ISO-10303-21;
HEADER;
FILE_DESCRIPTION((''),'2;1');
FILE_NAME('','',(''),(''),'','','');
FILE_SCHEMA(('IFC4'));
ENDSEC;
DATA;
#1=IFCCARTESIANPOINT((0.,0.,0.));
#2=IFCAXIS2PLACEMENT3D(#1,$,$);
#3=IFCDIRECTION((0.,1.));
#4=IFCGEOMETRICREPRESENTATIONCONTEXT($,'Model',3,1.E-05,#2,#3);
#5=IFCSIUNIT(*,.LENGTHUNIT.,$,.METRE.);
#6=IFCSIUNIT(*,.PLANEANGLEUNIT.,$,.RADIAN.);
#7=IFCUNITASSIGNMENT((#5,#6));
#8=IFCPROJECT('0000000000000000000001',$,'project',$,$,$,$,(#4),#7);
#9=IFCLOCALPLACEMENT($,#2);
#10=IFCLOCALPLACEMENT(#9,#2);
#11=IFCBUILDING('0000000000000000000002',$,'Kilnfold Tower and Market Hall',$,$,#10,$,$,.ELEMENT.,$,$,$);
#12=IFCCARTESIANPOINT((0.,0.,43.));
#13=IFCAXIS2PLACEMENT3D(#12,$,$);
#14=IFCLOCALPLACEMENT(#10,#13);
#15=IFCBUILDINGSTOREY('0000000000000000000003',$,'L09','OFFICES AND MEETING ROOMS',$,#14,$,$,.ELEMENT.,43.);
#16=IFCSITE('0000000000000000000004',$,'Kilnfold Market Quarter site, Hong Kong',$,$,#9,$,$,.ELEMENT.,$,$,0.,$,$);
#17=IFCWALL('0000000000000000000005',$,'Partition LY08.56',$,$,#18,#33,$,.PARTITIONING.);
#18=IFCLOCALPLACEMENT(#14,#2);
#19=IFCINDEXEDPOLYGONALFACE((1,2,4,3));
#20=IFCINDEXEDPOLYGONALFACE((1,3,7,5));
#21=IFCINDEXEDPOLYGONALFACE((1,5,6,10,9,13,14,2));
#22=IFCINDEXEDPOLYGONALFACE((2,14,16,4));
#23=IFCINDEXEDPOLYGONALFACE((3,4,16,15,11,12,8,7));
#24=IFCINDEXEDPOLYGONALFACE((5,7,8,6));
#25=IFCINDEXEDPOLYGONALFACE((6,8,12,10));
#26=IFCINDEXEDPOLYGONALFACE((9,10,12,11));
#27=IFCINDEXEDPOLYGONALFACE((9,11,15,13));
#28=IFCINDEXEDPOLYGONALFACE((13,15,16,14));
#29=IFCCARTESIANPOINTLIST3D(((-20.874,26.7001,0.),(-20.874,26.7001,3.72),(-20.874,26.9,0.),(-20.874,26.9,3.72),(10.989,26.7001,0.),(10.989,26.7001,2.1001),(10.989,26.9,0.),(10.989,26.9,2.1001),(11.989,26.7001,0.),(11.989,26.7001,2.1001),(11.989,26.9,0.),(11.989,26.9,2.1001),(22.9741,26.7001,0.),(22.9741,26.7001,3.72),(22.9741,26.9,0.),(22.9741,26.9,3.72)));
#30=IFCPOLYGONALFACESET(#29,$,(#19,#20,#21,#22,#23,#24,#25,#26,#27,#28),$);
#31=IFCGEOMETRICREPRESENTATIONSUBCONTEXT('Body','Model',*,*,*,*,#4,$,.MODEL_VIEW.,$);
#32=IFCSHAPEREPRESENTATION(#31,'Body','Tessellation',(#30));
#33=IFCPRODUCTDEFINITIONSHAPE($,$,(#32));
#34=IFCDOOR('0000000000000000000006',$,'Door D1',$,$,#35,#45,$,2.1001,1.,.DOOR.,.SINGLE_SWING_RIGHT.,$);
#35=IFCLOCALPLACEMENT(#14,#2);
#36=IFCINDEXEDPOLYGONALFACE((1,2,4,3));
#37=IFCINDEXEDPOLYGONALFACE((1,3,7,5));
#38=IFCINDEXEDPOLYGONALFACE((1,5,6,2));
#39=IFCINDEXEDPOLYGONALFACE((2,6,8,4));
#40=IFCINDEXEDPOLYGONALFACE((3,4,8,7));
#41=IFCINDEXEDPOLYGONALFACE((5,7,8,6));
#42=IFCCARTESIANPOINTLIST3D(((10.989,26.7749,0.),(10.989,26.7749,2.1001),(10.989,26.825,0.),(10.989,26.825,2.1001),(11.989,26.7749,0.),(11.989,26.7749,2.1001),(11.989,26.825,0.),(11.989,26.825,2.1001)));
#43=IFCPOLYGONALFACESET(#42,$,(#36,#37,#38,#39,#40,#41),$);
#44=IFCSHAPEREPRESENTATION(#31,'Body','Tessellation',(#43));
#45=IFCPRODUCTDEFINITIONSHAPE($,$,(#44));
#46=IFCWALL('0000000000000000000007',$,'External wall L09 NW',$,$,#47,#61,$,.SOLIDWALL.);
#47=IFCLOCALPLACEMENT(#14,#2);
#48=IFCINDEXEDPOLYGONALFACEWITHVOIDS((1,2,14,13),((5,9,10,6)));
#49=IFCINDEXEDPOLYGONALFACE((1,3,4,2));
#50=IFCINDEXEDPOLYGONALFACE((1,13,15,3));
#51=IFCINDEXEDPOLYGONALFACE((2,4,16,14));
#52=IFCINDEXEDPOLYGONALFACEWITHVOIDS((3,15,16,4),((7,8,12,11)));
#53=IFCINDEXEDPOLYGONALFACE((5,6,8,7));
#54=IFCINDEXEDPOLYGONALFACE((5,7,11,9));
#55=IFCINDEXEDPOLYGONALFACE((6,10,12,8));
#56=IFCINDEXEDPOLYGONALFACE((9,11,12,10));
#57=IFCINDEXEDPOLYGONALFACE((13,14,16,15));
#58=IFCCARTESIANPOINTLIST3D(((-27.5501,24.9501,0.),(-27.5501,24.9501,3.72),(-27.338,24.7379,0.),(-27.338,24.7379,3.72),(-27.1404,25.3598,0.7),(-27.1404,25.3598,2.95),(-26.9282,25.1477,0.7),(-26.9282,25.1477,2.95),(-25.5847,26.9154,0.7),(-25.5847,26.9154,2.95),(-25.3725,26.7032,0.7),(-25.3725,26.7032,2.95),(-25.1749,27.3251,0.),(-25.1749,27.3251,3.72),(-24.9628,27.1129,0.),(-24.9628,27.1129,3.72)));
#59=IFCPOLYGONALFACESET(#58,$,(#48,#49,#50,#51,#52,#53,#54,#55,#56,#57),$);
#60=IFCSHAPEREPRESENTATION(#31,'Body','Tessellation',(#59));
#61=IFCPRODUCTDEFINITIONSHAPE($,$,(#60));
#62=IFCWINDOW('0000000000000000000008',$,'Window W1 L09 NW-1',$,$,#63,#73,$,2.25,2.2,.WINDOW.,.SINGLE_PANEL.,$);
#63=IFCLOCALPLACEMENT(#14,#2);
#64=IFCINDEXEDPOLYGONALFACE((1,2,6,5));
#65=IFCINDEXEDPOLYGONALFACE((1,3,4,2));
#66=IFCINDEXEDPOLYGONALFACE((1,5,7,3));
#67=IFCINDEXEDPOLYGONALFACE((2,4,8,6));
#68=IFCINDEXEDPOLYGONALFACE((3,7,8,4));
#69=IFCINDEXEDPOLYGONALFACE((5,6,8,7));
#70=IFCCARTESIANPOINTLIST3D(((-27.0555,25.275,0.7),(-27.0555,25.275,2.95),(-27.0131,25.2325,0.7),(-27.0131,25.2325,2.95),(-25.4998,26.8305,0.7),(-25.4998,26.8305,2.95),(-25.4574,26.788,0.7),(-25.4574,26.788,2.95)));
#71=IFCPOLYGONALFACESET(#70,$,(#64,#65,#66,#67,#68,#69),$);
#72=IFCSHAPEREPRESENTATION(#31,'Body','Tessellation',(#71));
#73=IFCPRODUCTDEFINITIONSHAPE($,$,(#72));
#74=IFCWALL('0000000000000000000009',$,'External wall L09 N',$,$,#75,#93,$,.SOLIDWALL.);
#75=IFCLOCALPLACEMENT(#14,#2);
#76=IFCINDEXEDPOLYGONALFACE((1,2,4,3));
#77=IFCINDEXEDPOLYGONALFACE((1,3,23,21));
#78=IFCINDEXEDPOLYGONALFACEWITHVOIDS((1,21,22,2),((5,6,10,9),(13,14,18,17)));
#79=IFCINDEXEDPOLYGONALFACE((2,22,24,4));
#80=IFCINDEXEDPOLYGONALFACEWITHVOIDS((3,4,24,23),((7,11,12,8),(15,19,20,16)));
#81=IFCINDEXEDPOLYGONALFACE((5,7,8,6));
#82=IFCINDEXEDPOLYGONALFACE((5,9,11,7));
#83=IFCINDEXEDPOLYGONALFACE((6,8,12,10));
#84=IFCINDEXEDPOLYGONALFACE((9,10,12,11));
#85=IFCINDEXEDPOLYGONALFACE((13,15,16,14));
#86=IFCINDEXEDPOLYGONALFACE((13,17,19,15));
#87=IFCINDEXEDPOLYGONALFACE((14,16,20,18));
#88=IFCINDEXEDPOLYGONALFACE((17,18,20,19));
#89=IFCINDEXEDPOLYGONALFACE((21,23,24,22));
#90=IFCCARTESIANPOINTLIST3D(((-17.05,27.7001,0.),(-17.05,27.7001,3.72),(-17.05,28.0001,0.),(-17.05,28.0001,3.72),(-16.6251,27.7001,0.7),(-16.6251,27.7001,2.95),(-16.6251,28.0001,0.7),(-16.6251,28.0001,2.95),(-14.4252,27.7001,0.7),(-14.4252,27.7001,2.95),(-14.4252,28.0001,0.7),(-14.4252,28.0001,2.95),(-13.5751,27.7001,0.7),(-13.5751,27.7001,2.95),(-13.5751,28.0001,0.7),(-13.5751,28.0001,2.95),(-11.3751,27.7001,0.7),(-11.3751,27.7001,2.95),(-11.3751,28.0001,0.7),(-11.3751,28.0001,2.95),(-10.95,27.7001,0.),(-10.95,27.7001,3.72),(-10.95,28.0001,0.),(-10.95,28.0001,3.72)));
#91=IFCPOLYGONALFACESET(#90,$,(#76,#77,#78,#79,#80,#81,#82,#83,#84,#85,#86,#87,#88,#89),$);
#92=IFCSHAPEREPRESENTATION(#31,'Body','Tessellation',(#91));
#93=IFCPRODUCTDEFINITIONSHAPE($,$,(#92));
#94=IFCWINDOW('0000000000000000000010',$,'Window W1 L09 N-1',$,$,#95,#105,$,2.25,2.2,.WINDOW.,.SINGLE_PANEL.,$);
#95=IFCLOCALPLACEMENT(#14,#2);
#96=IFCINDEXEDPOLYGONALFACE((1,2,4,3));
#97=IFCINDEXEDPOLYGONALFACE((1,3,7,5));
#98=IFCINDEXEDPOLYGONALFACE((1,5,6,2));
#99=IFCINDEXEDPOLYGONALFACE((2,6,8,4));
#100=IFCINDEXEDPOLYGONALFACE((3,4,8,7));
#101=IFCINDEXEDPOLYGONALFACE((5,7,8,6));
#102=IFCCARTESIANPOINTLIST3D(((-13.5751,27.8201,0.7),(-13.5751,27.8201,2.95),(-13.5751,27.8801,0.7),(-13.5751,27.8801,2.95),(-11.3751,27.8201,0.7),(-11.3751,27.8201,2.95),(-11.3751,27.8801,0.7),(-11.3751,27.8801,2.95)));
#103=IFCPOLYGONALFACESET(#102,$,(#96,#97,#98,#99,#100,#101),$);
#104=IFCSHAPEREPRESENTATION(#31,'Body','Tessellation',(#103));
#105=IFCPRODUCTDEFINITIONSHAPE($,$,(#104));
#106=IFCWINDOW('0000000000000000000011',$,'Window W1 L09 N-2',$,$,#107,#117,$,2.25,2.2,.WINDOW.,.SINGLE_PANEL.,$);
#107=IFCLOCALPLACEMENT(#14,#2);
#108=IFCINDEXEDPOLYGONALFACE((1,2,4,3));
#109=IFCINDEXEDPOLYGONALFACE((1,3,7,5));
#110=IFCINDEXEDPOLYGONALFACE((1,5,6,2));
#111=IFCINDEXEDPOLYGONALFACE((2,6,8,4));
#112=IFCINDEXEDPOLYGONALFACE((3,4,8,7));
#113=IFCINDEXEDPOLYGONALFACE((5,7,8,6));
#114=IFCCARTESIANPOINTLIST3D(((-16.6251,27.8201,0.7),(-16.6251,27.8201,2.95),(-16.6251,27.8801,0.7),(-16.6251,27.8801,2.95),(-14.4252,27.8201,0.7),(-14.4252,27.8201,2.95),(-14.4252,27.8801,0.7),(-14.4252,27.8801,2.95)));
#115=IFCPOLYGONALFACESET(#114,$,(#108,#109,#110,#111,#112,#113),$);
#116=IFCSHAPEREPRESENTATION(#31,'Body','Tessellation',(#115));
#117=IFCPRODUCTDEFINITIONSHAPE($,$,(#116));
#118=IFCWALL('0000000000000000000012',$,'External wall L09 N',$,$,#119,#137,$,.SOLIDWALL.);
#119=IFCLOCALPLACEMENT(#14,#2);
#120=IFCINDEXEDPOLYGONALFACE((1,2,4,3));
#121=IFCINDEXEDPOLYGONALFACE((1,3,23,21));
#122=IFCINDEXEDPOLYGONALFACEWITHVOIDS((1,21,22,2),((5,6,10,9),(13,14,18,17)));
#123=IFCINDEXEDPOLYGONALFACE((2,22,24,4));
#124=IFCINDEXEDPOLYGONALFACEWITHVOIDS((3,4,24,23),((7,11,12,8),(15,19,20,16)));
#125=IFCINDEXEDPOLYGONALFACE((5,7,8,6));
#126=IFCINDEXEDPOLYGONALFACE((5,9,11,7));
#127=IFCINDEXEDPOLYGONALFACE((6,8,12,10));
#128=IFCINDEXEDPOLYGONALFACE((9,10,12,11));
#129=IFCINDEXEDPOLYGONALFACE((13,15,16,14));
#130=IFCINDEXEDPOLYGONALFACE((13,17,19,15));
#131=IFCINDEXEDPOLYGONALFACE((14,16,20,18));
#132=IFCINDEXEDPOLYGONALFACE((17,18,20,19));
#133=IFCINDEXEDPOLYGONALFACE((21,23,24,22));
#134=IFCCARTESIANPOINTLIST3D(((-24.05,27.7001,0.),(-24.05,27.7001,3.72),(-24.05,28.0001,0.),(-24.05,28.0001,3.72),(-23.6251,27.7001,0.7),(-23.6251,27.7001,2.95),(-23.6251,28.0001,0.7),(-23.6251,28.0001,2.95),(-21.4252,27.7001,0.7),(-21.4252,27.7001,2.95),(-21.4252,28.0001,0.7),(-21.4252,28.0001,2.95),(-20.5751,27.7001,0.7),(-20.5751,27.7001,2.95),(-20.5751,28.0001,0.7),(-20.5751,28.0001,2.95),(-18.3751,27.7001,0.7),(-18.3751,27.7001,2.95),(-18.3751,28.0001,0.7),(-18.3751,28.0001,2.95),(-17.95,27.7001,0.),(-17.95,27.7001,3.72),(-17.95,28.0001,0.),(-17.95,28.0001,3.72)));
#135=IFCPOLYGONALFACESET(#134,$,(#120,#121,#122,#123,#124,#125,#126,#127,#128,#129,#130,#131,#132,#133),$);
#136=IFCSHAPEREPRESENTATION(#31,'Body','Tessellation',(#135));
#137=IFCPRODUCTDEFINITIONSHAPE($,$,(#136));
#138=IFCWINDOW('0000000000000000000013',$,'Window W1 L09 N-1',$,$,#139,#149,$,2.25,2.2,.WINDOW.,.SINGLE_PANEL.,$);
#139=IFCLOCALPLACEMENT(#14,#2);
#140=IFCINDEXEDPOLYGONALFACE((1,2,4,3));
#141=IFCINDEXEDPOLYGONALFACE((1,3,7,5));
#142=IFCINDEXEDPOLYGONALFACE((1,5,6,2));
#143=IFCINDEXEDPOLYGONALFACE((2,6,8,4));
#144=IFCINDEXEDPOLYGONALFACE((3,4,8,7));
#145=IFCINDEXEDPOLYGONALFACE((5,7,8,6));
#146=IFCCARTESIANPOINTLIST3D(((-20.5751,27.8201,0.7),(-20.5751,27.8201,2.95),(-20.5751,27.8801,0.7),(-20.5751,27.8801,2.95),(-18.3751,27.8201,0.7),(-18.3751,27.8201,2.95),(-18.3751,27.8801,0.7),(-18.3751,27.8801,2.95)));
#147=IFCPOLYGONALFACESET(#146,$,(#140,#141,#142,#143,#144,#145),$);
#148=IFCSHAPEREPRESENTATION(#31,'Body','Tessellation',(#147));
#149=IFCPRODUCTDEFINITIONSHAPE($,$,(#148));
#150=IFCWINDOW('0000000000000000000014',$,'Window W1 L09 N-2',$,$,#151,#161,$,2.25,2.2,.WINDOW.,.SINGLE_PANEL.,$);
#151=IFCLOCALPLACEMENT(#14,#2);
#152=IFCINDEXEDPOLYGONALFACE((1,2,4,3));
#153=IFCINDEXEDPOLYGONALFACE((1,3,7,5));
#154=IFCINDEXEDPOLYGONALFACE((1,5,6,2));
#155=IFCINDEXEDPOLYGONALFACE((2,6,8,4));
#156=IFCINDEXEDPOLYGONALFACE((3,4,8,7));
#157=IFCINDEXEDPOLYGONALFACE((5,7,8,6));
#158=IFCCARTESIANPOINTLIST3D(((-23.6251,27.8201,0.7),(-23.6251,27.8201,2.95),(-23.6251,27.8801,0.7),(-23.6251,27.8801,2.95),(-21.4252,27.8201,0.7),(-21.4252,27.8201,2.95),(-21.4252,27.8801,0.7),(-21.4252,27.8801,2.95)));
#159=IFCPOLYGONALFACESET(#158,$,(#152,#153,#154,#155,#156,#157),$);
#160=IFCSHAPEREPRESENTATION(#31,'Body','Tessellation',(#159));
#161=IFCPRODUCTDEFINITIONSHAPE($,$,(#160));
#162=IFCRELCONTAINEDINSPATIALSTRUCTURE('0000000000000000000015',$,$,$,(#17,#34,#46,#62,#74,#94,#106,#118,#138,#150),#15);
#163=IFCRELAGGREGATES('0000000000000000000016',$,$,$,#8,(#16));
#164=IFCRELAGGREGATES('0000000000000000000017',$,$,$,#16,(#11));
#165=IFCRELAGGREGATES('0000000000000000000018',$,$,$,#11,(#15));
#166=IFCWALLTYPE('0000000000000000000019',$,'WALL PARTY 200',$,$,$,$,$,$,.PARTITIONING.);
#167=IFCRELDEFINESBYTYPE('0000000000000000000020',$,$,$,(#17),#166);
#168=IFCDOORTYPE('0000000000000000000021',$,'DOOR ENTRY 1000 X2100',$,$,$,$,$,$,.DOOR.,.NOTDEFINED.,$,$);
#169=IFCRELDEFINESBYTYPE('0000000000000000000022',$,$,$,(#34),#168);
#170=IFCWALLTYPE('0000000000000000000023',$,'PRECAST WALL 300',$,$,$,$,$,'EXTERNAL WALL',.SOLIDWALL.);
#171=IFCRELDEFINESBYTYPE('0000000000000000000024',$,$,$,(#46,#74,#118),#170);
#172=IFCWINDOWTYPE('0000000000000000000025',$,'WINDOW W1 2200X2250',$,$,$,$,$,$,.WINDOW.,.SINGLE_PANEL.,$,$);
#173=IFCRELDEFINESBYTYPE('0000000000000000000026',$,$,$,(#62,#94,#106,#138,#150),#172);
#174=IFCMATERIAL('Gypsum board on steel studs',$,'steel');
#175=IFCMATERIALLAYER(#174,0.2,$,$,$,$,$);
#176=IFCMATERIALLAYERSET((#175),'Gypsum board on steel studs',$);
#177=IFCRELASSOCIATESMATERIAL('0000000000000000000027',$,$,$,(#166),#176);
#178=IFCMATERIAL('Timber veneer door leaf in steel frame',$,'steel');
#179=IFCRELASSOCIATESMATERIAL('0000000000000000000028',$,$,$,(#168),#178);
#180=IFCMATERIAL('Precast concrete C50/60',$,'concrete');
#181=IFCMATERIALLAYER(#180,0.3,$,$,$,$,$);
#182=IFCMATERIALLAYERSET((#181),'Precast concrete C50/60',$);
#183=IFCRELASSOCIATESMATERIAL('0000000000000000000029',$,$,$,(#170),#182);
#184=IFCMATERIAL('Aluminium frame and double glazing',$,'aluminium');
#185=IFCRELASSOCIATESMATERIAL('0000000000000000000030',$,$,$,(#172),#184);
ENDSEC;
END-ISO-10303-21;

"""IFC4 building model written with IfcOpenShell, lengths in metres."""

from ifc_helpers import new_model, si_unit, direction, frame, frame_2d, origin, place, context, subcontext, project, spatial, rectangle, extrude, source, transform, mapped, material, layer, layer_set, type_object, element, fill, save


model = new_model("IFC4")

# Units and contexts
model_context = context("Model", 3, precision=1e-05, world=origin(), true_north=direction((0.0, 1.0)))
body_context = subcontext(model_context, "Body", "Model", "MODEL_VIEW")
ifc_project = project(units=[si_unit("LENGTHUNIT", "METRE"), si_unit("PLANEANGLEUNIT", "RADIAN")], contexts=[model_context])

# Site, building, storey
site_placement = place(None, origin())
site = spatial("IfcSite", under=ifc_project, at=site_placement, Name="Kilnfold Market Quarter site, Hong Kong", CompositionType="ELEMENT", RefElevation=0.0)
building_placement = place(site_placement, origin())
building = spatial("IfcBuilding", under=site, at=building_placement, Name="Kilnfold Tower and Market Hall", CompositionType="ELEMENT")
storey_placement = place(building_placement, frame((0.0, 0.0, 43.0)))
storey = spatial("IfcBuildingStorey", under=building, at=storey_placement, Name="L09", Description="OFFICES AND MEETING ROOMS", CompositionType="ELEMENT", Elevation=43.0)

# Wall, opening, door
ifc_material_1 = material(Name="Gypsum board on steel studs", Category="steel")
ifc_layer_1 = layer(ifc_material_1, 0.2)
ifc_layer_set_1 = layer_set([ifc_layer_1], Name="Gypsum board on steel studs")
wall_type_1 = type_object("IfcWallType", Name="WALL PARTY 200", PredefinedType="PARTITIONING", material=ifc_layer_set_1)
wall_1_placement = place(storey_placement, frame((-20.874, 26.8, 0.0), z_axis=(0.0, 0.0, 1.0), x_axis=(1.0, 0.0, 0.0)))
wall_1 = element("IfcWall", 1, at=wall_1_placement, inside=storey, type_object=wall_type_1, Name="Partition LY08.56", PredefinedType="PARTITIONING", context=body_context, shape_type="SweptSolid", body=[
    extrude(rectangle(XDim=43.8481, YDim=0.2, at=frame_2d((21.9241, 0.0))), origin(), (0.0, 0.0, 1.0), 3.72),
])
opening_1_placement = place(wall_1_placement, frame((31.863, 0.0, 0.0)))
opening_1 = element("IfcOpeningElement", 2, at=opening_1_placement, cuts=wall_1, PredefinedType="OPENING", context=body_context, shape_type="SweptSolid", body=[
    extrude(rectangle(XDim=1.0, YDim=2.1001, at=frame_2d((0.5, 1.05))), frame((0.0, 0.1099, 0.0), z_axis=(0.0, -1.0, 0.0), x_axis=(1.0, 0.0, 0.0)), (0.0, 0.0, 1.0), 0.22),
])
ifc_material_2 = material(Name="Timber veneer door leaf in steel frame", Category="steel")
door_type_1 = type_object("IfcDoorType", Name="DOOR ENTRY 1000 X2100", OperationType="NOTDEFINED", PredefinedType="DOOR", material=ifc_material_2)
door_1_placement = place(opening_1_placement, origin())
door_1 = element("IfcDoor", 3, at=door_1_placement, inside=storey, type_object=door_type_1, Name="Door D1", OperationType="SINGLE_SWING_RIGHT", OverallHeight=2.1001, OverallWidth=1.0, PredefinedType="DOOR", context=body_context, shape_type="SweptSolid", body=[
    extrude(rectangle(XDim=1.0, YDim=2.1001, at=frame_2d((0.5, 1.05))), frame((0.0, 0.0249, 0.0), z_axis=(0.0, -1.0, 0.0), x_axis=(1.0, 0.0, 0.0)), (0.0, 0.0, 1.0), 0.05),
])
fill(opening_1, door_1)

# Wall, opening, window
ifc_material_3 = material(Name="Precast concrete C50/60", Category="concrete")
ifc_layer_2 = layer(ifc_material_3, 0.3)
ifc_layer_set_2 = layer_set([ifc_layer_2], Name="Precast concrete C50/60")
wall_type_2 = type_object("IfcWallType", Name="PRECAST WALL 300", ElementType="EXTERNAL WALL", PredefinedType="SOLIDWALL", material=ifc_layer_set_2)
shared_shape_1 = source(origin(), body_context, "Body", "SweptSolid", [
    extrude(rectangle(XDim=3.3589, YDim=0.3, at=frame_2d((1.6794, 0.0))), origin(), (0.0, 0.0, 1.0), 3.72),
])
wall_2_placement = place(storey_placement, frame((-25.0688, 27.219, 0.0), z_axis=(0.0, 0.0, 1.0), x_axis=(-0.707143, -0.70707, 0.0)))
wall_2 = element("IfcWall", 4, at=wall_2_placement, inside=storey, type_object=wall_type_2, Name="External wall L09 NW", PredefinedType="SOLIDWALL", context=body_context, shape_type="MappedRepresentation", body=[
    mapped(shared_shape_1, transform((0.0, 0.0, 0.0))),
])
opening_2_placement = place(wall_2_placement, frame((0.5793, 0.0, 0.7)))
opening_2 = element("IfcOpeningElement", 5, at=opening_2_placement, cuts=wall_2, PredefinedType="OPENING", context=body_context, shape_type="SweptSolid", body=[
    extrude(rectangle(XDim=2.2, YDim=2.25, at=frame_2d((1.1001, 1.125))), frame((0.0, 0.1602, 0.0), z_axis=(0.0, -1.0, 0.0), x_axis=(1.0, 0.0, 0.0)), (0.0, 0.0, 1.0), 0.3201),
])
ifc_material_4 = material(Name="Aluminium frame and double glazing", Category="aluminium")
window_type = type_object("IfcWindowType", Name="WINDOW W1 2200X2250", PartitioningType="SINGLE_PANEL", PredefinedType="WINDOW", material=ifc_material_4)
window_1_placement = place(opening_2_placement, origin())
window_1 = element("IfcWindow", 6, at=window_1_placement, inside=storey, type_object=window_type, Name="Window W1 L09 NW-1", OverallHeight=2.25, OverallWidth=2.2, PartitioningType="SINGLE_PANEL", PredefinedType="WINDOW", context=body_context, shape_type="SweptSolid", body=[
    extrude(rectangle(XDim=2.2, YDim=2.25, at=frame_2d((1.1001, 1.125))), frame((0.0, 0.03, 0.0), z_axis=(0.0, -1.0, 0.0), x_axis=(1.0, 0.0, 0.0)), (0.0, 0.0, 1.0), 0.0601),
])
fill(opening_2, window_1)

# Walls, openings, windows
shared_shape_2 = source(origin(), body_context, "Body", "SweptSolid", [
    extrude(rectangle(XDim=6.1001, YDim=0.3, at=frame_2d((3.05, 0.0))), origin(), (0.0, 0.0, 1.0), 3.72),
])
wall_3_placement = place(storey_placement, frame((-10.95, 27.8501, 0.0), z_axis=(0.0, 0.0, 1.0), x_axis=(-1.0, 0.0, 0.0)))
wall_3 = element("IfcWall", 7, at=wall_3_placement, inside=storey, type_object=wall_type_2, Name="External wall L09 N", PredefinedType="SOLIDWALL", context=body_context, shape_type="MappedRepresentation", body=[
    mapped(shared_shape_2, transform((0.0, 0.0, 0.0))),
])
opening_3_placement = place(wall_3_placement, frame((0.425, 0.0, 0.7)))
opening_3 = element("IfcOpeningElement", 8, at=opening_3_placement, cuts=wall_3, PredefinedType="OPENING", context=body_context, shape_type="SweptSolid", body=[
    extrude(rectangle(XDim=2.2, YDim=2.25, at=frame_2d((1.1001, 1.125))), frame((0.0, 0.1602, 0.0), z_axis=(0.0, -1.0, 0.0), x_axis=(1.0, 0.0, 0.0)), (0.0, 0.0, 1.0), 0.3201),
])
opening_4_placement = place(wall_3_placement, frame((3.4751, 0.0, 0.7)))
opening_4 = element("IfcOpeningElement", 9, at=opening_4_placement, cuts=wall_3, PredefinedType="OPENING", context=body_context, shape_type="SweptSolid", body=[
    extrude(rectangle(XDim=2.2, YDim=2.25, at=frame_2d((1.1001, 1.125))), frame((0.0, 0.1602, 0.0), z_axis=(0.0, -1.0, 0.0), x_axis=(1.0, 0.0, 0.0)), (0.0, 0.0, 1.0), 0.3201),
])
window_2_placement = place(opening_3_placement, origin())
window_2 = element("IfcWindow", 10, at=window_2_placement, inside=storey, type_object=window_type, Name="Window W1 L09 N-1", OverallHeight=2.25, OverallWidth=2.2, PartitioningType="SINGLE_PANEL", PredefinedType="WINDOW", context=body_context, shape_type="SweptSolid", body=[
    extrude(rectangle(XDim=2.2, YDim=2.25, at=frame_2d((1.1001, 1.125))), frame((0.0, 0.03, 0.0), z_axis=(0.0, -1.0, 0.0), x_axis=(1.0, 0.0, 0.0)), (0.0, 0.0, 1.0), 0.0601),
])
fill(opening_3, window_2)
window_3_placement = place(opening_4_placement, origin())
window_3 = element("IfcWindow", 11, at=window_3_placement, inside=storey, type_object=window_type, Name="Window W1 L09 N-2", OverallHeight=2.25, OverallWidth=2.2, PartitioningType="SINGLE_PANEL", PredefinedType="WINDOW", context=body_context, shape_type="SweptSolid", body=[
    extrude(rectangle(XDim=2.2, YDim=2.25, at=frame_2d((1.1001, 1.125))), frame((0.0, 0.03, 0.0), z_axis=(0.0, -1.0, 0.0), x_axis=(1.0, 0.0, 0.0)), (0.0, 0.0, 1.0), 0.0601),
])
fill(opening_4, window_3)
wall_4_placement = place(storey_placement, frame((-17.95, 27.8501, 0.0), z_axis=(0.0, 0.0, 1.0), x_axis=(-1.0, 0.0, 0.0)))
wall_4 = element("IfcWall", 12, at=wall_4_placement, inside=storey, type_object=wall_type_2, Name="External wall L09 N", PredefinedType="SOLIDWALL", context=body_context, shape_type="MappedRepresentation", body=[
    mapped(shared_shape_2, transform((0.0, 0.0, 0.0))),
])
opening_5_placement = place(wall_4_placement, frame((0.425, 0.0, 0.7)))
opening_5 = element("IfcOpeningElement", 13, at=opening_5_placement, cuts=wall_4, PredefinedType="OPENING", context=body_context, shape_type="SweptSolid", body=[
    extrude(rectangle(XDim=2.2, YDim=2.25, at=frame_2d((1.1001, 1.125))), frame((0.0, 0.1602, 0.0), z_axis=(0.0, -1.0, 0.0), x_axis=(1.0, 0.0, 0.0)), (0.0, 0.0, 1.0), 0.3201),
])
opening_6_placement = place(wall_4_placement, frame((3.4751, 0.0, 0.7)))
opening_6 = element("IfcOpeningElement", 14, at=opening_6_placement, cuts=wall_4, PredefinedType="OPENING", context=body_context, shape_type="SweptSolid", body=[
    extrude(rectangle(XDim=2.2, YDim=2.25, at=frame_2d((1.1001, 1.125))), frame((0.0, 0.1602, 0.0), z_axis=(0.0, -1.0, 0.0), x_axis=(1.0, 0.0, 0.0)), (0.0, 0.0, 1.0), 0.3201),
])
window_4_placement = place(opening_5_placement, origin())
window_4 = element("IfcWindow", 15, at=window_4_placement, inside=storey, type_object=window_type, Name="Window W1 L09 N-1", OverallHeight=2.25, OverallWidth=2.2, PartitioningType="SINGLE_PANEL", PredefinedType="WINDOW", context=body_context, shape_type="SweptSolid", body=[
    extrude(rectangle(XDim=2.2, YDim=2.25, at=frame_2d((1.1001, 1.125))), frame((0.0, 0.03, 0.0), z_axis=(0.0, -1.0, 0.0), x_axis=(1.0, 0.0, 0.0)), (0.0, 0.0, 1.0), 0.0601),
])
fill(opening_5, window_4)
window_5_placement = place(opening_6_placement, origin())
window_5 = element("IfcWindow", 16, at=window_5_placement, inside=storey, type_object=window_type, Name="Window W1 L09 N-2", OverallHeight=2.25, OverallWidth=2.2, PartitioningType="SINGLE_PANEL", PredefinedType="WINDOW", context=body_context, shape_type="SweptSolid", body=[
    extrude(rectangle(XDim=2.2, YDim=2.25, at=frame_2d((1.1001, 1.125))), frame((0.0, 0.03, 0.0), z_axis=(0.0, -1.0, 0.0), x_axis=(1.0, 0.0, 0.0)), (0.0, 0.0, 1.0), 0.0601),
])
fill(opening_6, window_5)

save(model, "model.ifc")
